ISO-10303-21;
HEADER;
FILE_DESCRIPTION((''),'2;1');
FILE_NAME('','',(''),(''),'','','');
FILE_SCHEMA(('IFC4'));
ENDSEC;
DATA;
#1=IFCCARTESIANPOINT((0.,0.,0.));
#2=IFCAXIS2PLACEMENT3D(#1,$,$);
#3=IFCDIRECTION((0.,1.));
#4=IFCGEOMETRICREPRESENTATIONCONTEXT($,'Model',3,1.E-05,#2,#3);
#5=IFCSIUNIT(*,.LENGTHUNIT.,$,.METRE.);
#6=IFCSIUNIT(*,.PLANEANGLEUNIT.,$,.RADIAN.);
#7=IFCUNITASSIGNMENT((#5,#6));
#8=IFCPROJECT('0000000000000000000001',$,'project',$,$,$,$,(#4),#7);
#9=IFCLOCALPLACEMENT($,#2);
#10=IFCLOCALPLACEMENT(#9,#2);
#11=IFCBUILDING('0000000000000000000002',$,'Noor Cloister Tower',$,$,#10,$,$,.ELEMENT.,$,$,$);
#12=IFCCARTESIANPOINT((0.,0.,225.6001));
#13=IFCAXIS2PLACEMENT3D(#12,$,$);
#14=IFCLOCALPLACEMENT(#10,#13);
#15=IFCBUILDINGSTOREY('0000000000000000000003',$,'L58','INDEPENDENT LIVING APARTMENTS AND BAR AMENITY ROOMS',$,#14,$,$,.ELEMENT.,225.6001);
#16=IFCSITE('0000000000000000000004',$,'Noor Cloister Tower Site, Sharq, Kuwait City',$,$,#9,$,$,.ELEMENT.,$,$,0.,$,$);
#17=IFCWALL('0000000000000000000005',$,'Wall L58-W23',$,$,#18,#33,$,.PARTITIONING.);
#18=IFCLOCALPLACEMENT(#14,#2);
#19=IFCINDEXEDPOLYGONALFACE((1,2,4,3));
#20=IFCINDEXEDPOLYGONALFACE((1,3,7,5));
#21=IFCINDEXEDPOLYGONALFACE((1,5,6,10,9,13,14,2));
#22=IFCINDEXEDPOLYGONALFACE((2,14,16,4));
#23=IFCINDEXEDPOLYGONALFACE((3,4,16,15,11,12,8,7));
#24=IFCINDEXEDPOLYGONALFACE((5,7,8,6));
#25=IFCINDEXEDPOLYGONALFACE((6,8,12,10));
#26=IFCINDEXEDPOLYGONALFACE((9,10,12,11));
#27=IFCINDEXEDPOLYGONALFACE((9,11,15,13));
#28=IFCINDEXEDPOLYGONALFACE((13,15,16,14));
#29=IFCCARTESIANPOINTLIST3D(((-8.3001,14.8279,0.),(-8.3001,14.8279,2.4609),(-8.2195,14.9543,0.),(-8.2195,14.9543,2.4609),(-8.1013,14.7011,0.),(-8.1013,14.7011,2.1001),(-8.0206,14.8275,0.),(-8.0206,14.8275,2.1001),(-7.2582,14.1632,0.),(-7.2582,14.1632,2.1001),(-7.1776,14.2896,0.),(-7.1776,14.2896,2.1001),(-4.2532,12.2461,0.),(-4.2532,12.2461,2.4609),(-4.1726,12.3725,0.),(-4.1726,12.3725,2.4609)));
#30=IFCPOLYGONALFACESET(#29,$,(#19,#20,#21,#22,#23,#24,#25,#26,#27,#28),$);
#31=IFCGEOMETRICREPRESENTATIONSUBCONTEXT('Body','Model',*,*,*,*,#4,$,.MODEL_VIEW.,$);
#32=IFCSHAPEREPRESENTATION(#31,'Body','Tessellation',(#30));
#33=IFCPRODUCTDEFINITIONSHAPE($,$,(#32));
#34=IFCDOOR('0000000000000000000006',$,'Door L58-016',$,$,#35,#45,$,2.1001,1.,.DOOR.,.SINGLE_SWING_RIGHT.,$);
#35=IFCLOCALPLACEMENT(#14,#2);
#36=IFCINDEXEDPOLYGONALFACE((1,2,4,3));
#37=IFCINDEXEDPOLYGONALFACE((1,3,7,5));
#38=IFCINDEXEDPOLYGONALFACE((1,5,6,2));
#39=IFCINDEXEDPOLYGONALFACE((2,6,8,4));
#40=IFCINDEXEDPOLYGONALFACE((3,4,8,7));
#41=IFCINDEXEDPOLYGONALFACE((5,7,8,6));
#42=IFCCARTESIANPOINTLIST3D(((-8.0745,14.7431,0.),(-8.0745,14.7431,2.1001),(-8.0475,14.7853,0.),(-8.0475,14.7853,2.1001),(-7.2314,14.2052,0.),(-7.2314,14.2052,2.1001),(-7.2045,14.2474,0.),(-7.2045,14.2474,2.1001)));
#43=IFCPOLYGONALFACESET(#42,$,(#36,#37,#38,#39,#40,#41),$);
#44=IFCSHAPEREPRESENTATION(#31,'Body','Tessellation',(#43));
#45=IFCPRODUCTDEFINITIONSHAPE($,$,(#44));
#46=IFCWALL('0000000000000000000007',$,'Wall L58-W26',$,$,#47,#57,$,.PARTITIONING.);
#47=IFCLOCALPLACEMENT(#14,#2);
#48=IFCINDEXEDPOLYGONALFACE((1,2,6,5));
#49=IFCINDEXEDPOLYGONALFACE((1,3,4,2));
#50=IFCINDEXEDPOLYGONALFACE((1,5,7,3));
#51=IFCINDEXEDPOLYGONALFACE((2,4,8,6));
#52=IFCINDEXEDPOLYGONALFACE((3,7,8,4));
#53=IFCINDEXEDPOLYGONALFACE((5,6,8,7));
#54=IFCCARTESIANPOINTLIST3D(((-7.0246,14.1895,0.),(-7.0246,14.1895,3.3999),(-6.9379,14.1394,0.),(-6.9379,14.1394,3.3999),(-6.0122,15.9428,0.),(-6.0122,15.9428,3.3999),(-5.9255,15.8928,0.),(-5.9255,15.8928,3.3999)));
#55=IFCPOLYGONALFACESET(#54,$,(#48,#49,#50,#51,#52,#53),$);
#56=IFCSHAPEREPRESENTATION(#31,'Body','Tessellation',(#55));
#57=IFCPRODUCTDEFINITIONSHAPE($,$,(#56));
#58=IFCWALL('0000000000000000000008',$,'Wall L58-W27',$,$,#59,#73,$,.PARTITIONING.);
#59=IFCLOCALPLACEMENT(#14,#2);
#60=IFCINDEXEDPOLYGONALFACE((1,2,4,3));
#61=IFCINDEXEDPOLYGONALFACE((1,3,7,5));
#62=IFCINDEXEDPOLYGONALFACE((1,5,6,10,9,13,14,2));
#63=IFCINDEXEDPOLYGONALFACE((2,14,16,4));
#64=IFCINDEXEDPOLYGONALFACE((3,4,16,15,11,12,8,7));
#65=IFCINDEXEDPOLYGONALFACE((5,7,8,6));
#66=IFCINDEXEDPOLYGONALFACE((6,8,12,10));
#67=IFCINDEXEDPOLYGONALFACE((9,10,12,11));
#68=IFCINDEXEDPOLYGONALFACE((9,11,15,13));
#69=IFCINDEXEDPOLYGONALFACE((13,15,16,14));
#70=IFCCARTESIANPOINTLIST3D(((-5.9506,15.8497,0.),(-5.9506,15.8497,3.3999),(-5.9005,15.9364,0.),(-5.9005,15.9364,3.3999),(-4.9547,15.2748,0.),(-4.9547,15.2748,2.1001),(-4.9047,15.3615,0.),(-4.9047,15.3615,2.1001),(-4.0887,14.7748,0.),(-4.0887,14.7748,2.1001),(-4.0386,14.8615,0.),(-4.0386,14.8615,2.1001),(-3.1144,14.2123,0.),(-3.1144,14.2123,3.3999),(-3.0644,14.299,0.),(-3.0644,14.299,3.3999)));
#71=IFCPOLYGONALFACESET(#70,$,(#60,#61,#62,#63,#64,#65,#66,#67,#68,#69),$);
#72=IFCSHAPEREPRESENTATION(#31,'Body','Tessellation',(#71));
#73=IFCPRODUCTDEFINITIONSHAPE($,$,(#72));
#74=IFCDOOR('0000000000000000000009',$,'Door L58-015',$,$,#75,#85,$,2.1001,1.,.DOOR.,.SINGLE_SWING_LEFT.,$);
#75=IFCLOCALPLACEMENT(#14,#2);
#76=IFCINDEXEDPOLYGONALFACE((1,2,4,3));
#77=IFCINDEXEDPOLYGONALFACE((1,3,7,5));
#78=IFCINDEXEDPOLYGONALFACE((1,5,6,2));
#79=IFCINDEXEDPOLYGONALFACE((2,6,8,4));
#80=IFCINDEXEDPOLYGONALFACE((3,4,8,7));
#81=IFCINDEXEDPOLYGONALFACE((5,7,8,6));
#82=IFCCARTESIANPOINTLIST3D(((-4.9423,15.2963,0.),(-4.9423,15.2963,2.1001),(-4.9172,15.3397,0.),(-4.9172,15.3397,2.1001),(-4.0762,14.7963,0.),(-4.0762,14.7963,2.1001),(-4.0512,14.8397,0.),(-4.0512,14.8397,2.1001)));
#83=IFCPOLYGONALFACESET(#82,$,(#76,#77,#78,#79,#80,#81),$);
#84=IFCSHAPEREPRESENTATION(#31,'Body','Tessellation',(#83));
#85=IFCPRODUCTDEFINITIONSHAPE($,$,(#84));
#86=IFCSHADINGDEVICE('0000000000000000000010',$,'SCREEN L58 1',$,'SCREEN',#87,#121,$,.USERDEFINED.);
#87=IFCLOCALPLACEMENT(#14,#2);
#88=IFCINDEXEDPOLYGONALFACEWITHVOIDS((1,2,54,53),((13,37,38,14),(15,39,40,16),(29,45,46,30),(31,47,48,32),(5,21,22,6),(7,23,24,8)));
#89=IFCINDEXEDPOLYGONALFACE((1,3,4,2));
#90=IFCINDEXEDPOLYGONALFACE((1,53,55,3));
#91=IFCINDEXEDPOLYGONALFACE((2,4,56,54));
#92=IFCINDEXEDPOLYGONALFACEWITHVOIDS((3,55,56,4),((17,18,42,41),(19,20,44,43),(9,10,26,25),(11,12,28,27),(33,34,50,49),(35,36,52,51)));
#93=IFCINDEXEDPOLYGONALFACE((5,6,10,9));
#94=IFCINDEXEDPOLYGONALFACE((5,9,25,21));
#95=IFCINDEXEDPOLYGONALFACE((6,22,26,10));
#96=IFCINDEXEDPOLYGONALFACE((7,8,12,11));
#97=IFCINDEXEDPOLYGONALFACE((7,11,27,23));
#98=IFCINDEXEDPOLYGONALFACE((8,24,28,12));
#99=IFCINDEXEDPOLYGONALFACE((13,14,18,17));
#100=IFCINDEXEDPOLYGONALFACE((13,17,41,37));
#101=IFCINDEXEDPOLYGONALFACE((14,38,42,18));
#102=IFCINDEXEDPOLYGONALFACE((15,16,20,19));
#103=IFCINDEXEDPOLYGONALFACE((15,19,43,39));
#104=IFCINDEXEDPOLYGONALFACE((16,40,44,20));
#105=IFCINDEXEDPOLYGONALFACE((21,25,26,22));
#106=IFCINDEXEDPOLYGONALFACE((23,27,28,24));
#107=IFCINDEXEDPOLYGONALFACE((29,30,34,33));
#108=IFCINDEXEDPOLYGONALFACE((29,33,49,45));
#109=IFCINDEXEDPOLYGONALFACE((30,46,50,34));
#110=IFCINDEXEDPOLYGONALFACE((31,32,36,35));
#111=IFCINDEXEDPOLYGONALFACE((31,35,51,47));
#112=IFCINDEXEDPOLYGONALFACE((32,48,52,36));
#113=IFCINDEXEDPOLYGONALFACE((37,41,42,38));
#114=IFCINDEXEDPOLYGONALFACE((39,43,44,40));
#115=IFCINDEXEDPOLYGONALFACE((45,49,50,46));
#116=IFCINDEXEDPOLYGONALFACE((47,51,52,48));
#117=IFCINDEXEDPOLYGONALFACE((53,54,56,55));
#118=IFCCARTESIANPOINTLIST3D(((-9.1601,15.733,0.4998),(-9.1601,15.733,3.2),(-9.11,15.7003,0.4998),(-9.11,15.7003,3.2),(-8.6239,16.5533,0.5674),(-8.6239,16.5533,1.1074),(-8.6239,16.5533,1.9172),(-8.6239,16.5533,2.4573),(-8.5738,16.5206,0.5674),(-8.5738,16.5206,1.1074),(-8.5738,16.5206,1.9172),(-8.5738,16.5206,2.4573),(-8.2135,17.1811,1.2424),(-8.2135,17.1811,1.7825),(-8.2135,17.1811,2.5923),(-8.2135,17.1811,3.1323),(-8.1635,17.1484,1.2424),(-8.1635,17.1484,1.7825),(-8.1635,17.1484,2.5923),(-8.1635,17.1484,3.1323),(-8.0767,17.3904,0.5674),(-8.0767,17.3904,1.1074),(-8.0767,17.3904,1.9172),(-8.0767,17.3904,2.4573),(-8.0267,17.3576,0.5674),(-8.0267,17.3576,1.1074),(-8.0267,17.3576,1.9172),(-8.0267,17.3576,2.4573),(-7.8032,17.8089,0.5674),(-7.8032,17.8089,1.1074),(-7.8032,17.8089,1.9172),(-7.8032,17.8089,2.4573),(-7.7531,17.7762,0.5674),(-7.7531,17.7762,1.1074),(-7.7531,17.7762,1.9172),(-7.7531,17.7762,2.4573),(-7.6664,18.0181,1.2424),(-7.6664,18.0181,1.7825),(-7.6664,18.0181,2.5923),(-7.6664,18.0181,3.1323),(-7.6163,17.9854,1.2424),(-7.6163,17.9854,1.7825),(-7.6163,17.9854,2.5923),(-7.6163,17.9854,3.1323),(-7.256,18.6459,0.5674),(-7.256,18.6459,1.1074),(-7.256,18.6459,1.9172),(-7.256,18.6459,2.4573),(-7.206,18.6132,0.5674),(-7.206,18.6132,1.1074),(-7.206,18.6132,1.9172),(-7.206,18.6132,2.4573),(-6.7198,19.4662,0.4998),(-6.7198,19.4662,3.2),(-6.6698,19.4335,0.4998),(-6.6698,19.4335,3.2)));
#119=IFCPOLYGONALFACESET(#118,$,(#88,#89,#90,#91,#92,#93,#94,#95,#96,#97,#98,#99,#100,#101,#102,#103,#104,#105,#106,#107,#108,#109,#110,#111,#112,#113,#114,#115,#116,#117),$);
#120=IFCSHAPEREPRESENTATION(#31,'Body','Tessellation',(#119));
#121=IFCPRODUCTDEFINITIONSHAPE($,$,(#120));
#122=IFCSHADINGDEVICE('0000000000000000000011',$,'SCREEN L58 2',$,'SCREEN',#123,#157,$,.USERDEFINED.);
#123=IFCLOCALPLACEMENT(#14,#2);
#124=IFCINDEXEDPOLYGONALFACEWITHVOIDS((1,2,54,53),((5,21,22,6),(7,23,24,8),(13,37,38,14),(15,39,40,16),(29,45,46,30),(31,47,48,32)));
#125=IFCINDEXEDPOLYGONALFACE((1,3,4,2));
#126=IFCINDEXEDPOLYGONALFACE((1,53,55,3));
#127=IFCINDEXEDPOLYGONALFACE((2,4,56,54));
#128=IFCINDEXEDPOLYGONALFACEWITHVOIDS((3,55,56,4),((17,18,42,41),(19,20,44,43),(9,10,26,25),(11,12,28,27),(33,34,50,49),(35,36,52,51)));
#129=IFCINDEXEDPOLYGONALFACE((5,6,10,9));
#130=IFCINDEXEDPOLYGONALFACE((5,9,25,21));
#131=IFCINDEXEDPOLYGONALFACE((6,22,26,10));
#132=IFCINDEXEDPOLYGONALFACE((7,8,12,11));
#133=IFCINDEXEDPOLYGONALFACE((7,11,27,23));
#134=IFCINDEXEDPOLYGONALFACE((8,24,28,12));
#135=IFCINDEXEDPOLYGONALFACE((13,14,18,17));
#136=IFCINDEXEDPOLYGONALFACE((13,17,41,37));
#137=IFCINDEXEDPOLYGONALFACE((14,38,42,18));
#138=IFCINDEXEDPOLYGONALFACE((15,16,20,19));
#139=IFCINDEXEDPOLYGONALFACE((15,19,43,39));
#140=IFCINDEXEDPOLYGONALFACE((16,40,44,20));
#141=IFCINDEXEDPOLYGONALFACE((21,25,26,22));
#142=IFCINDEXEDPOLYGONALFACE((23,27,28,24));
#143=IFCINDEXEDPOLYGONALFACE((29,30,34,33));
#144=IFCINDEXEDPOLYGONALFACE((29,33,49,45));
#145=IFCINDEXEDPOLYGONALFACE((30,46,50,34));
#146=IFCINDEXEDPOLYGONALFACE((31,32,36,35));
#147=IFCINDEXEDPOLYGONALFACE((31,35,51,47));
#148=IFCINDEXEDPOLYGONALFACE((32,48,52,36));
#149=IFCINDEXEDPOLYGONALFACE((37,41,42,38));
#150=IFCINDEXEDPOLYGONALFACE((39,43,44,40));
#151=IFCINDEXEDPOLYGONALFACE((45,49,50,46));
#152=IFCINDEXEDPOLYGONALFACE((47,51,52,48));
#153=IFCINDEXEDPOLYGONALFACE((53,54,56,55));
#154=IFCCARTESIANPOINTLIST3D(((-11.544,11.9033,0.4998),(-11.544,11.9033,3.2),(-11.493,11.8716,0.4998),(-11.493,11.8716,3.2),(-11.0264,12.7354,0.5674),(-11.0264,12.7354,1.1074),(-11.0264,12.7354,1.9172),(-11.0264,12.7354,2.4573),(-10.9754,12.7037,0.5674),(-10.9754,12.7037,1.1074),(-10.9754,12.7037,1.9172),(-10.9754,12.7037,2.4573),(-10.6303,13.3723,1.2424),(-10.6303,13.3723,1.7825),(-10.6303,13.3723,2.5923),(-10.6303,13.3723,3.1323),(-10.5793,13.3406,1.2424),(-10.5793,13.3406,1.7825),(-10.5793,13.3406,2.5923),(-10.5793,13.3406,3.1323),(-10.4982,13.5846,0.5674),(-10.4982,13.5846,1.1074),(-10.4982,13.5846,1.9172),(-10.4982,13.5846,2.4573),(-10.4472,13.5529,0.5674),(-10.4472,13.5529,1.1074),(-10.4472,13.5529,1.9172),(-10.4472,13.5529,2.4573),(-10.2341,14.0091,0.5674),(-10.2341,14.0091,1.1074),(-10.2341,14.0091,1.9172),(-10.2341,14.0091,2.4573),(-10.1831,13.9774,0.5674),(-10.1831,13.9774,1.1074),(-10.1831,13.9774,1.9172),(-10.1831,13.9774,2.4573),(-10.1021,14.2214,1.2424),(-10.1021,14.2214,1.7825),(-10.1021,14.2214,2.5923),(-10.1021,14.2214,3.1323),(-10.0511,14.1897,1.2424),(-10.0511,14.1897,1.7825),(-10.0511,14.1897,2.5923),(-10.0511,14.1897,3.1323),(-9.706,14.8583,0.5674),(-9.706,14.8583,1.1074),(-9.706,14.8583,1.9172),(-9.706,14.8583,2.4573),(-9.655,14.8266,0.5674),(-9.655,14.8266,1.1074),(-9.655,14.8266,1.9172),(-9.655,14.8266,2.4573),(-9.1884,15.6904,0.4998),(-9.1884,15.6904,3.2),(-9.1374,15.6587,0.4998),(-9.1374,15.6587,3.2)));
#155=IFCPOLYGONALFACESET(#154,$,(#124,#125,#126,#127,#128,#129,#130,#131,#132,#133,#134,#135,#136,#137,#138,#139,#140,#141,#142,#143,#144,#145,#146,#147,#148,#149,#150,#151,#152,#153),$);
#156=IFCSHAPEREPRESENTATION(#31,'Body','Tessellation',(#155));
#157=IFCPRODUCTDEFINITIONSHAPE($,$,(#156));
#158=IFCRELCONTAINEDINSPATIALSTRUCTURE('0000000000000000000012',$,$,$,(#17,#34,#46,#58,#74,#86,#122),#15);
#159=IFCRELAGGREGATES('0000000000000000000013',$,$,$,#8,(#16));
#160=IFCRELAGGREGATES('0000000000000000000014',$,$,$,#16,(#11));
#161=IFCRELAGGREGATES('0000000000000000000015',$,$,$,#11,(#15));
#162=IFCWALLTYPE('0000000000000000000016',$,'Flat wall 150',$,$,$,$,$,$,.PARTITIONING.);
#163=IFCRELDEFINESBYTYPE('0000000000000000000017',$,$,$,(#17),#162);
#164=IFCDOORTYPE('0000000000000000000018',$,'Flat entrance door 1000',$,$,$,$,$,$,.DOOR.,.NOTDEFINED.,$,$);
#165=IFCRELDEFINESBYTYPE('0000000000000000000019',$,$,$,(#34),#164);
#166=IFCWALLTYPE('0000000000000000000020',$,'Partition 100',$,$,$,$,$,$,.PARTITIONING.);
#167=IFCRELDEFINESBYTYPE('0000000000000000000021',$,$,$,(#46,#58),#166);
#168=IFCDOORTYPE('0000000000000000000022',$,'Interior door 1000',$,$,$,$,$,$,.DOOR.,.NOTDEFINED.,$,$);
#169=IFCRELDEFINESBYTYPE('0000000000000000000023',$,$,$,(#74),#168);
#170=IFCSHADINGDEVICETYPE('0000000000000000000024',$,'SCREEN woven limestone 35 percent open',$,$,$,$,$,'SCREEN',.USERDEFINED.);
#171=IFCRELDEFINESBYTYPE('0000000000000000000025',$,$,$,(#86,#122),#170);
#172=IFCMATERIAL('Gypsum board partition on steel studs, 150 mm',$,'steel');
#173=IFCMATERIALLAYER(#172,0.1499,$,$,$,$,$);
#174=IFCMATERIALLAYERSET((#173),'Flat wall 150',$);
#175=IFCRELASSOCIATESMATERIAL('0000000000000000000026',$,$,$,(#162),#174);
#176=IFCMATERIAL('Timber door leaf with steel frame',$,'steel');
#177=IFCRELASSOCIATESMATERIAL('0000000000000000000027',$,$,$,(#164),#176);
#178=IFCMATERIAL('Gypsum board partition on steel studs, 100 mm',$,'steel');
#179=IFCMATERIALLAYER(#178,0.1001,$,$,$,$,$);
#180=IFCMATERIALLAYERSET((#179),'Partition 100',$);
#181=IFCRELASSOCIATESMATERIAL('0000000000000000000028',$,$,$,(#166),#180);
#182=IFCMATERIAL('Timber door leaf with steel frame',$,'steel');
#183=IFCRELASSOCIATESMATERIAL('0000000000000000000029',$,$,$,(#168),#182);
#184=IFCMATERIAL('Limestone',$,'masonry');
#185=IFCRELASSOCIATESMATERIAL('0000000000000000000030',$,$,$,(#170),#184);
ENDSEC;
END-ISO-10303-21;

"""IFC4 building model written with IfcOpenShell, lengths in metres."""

from ifc_helpers import new_model, si_unit, direction, frame, frame_2d, origin, place, context, subcontext, project, spatial, polyline, rectangle, outline, extrude, material, layer, layer_set, material_profile, profile_set, type_object, element, fill, save


model = new_model("IFC4")

# Units and contexts
model_context = context("Model", 3, precision=1e-05, world=origin(), true_north=direction((0.0, 1.0)))
body_context = subcontext(model_context, "Body", "Model", "MODEL_VIEW")
ifc_project = project(units=[si_unit("LENGTHUNIT", "METRE"), si_unit("PLANEANGLEUNIT", "RADIAN")], contexts=[model_context])

# Site, building, storey
site_placement = place(None, origin())
site = spatial("IfcSite", under=ifc_project, at=site_placement, Name="Noor Cloister Tower Site, Sharq, Kuwait City", CompositionType="ELEMENT", RefElevation=0.0)
building_placement = place(site_placement, origin())
building = spatial("IfcBuilding", under=site, at=building_placement, Name="Noor Cloister Tower", CompositionType="ELEMENT")
storey_placement = place(building_placement, frame((0.0, 0.0, 225.6001)))
storey = spatial("IfcBuildingStorey", under=building, at=storey_placement, Name="L58", Description="INDEPENDENT LIVING APARTMENTS AND BAR AMENITY ROOMS", CompositionType="ELEMENT", Elevation=225.6001)

# Wall, opening, door
ifc_material_1 = material(Name="Gypsum board partition on steel studs, 150 mm", Category="steel")
ifc_layer_1 = layer(ifc_material_1, 0.1499)
ifc_layer_set_1 = layer_set([ifc_layer_1], Name="Flat wall 150")
wall_type_1 = type_object("IfcWallType", Name="Flat wall 150", PredefinedType="PARTITIONING", material=ifc_layer_set_1)
wall_1_placement = place(storey_placement, frame((-8.2598, 14.8911, 0.0), z_axis=(0.0, 0.0, 1.0), x_axis=(0.843047, -0.537839, 0.0)))
wall_1 = element("IfcWall", 1, at=wall_1_placement, inside=storey, type_object=wall_type_1, Name="Wall L58-W23", PredefinedType="PARTITIONING", context=body_context, shape_type="SweptSolid", body=[
    extrude(rectangle(XDim=4.8003, YDim=0.1499, at=frame_2d((2.4001, 0.0))), origin(), (0.0, 0.0, 1.0), 2.4609),
])
opening_1_placement = place(wall_1_placement, frame((0.2358, 0.0, 0.0)))
opening_1 = element("IfcOpeningElement", 2, at=opening_1_placement, cuts=wall_1, PredefinedType="OPENING", context=body_context, shape_type="SweptSolid", body=[
    extrude(rectangle(XDim=1.0, YDim=2.1001, at=frame_2d((0.5, 1.05))), frame((0.0, 0.085, 0.0), z_axis=(0.0, -1.0, 0.0), x_axis=(1.0, 0.0, 0.0)), (0.0, 0.0, 1.0), 0.1699),
])
ifc_material_2 = material(Name="Timber door leaf with steel frame", Category="steel")
door_type_1 = type_object("IfcDoorType", Name="Flat entrance door 1000", OperationType="NOTDEFINED", PredefinedType="DOOR", material=ifc_material_2)
door_1_placement = place(opening_1_placement, origin())
door_1 = element("IfcDoor", 3, at=door_1_placement, inside=storey, type_object=door_type_1, Name="Door L58-016", OperationType="SINGLE_SWING_RIGHT", OverallHeight=2.1001, OverallWidth=1.0, PredefinedType="DOOR", context=body_context, shape_type="SweptSolid", body=[
    extrude(rectangle(XDim=1.0, YDim=2.1001, at=frame_2d((0.5, 1.05))), frame((0.0, 0.0249, 0.0), z_axis=(0.0, -1.0, 0.0), x_axis=(1.0, 0.0, 0.0)), (0.0, 0.0, 1.0), 0.05),
])
fill(opening_1, door_1)

# Wall
ifc_material_3 = material(Name="Gypsum board partition on steel studs, 100 mm", Category="steel")
ifc_layer_2 = layer(ifc_material_3, 0.1001)
ifc_layer_set_2 = layer_set([ifc_layer_2], Name="Partition 100")
wall_type_2 = type_object("IfcWallType", Name="Partition 100", PredefinedType="PARTITIONING", material=ifc_layer_set_2)
wall_2_placement = place(storey_placement, frame((-6.9812, 14.1646, 0.0), z_axis=(0.0, 0.0, 1.0), x_axis=(0.500043, 0.866001, 0.0)))
element("IfcWall", 4, at=wall_2_placement, inside=storey, type_object=wall_type_2, Name="Wall L58-W26", PredefinedType="PARTITIONING", context=body_context, shape_type="SweptSolid", body=[
    extrude(rectangle(XDim=2.0247, YDim=0.1001, at=frame_2d((1.0122, 0.0))), origin(), (0.0, 0.0, 1.0), 3.3999),
])

# Wall, opening, door
wall_3_placement = place(storey_placement, frame((-5.9255, 15.8931, 0.0), z_axis=(0.0, 0.0, 1.0), x_axis=(0.866028, -0.499996, 0.0)))
wall_3 = element("IfcWall", 5, at=wall_3_placement, inside=storey, type_object=wall_type_2, Name="Wall L58-W27", PredefinedType="PARTITIONING", context=body_context, shape_type="SweptSolid", body=[
    extrude(rectangle(XDim=3.2749, YDim=0.1001, at=frame_2d((1.6375, 0.0))), origin(), (0.0, 0.0, 1.0), 3.3999),
])
opening_2_placement = place(wall_3_placement, frame((1.1499, 0.0, 0.0)))
opening_2 = element("IfcOpeningElement", 6, at=opening_2_placement, cuts=wall_3, PredefinedType="OPENING", context=body_context, shape_type="SweptSolid", body=[
    extrude(rectangle(XDim=1.0, YDim=2.1001, at=frame_2d((0.5, 1.05))), frame((0.0, 0.0601, 0.0), z_axis=(0.0, -1.0, 0.0), x_axis=(1.0, 0.0, 0.0)), (0.0, 0.0, 1.0), 0.1201),
])
ifc_material_4 = material(Name="Timber door leaf with steel frame", Category="steel")
door_type_2 = type_object("IfcDoorType", Name="Interior door 1000", OperationType="NOTDEFINED", PredefinedType="DOOR", material=ifc_material_4)
door_2_placement = place(opening_2_placement, origin())
door_2 = element("IfcDoor", 7, at=door_2_placement, inside=storey, type_object=door_type_2, Name="Door L58-015", OperationType="SINGLE_SWING_LEFT", OverallHeight=2.1001, OverallWidth=1.0, PredefinedType="DOOR", context=body_context, shape_type="SweptSolid", body=[
    extrude(rectangle(XDim=1.0, YDim=2.1001, at=frame_2d((0.5, 1.05))), frame((0.0, 0.0249, 0.0), z_axis=(0.0, -1.0, 0.0), x_axis=(1.0, 0.0, 0.0)), (0.0, 0.0, 1.0), 0.05),
])
fill(opening_2, door_2)

# Shading devices
ifc_material_5 = material(Name="Limestone", Category="masonry")
ifc_material_profile_1 = material_profile(ifc_material_5, outline(polyline([(-2.23, -1.3501), (2.23, -1.3501), (2.23, 1.3501), (-2.23, 1.3501), (-2.23, -1.3501)]), holes=[polyline([(-1.25, -1.2825), (-0.25, -1.2825), (-0.25, -0.7424), (-1.25, -0.7424), (-1.25, -1.2825)]), polyline([(0.25, -1.2825), (1.25, -1.2825), (1.25, -0.7424), (0.25, -0.7424), (0.25, -1.2825)]), polyline([(-0.5, -0.6074), (0.5, -0.6074), (0.5, -0.0674), (-0.5, -0.0674), (-0.5, -0.6074)]), polyline([(-1.25, 0.0674), (-0.25, 0.0674), (-0.25, 0.6074), (-1.25, 0.6074), (-1.25, 0.0674)]), polyline([(0.25, 0.0674), (1.25, 0.0674), (1.25, 0.6074), (0.25, 0.6074), (0.25, 0.0674)]), polyline([(-0.5, 0.7424), (0.5, 0.7424), (0.5, 1.2825), (-0.5, 1.2825), (-0.5, 0.7424)])]), Name="Woven screen 35 percent open")
ifc_profile_set_1 = profile_set([ifc_material_profile_1], Name="Limestone")
shading_device_type = type_object("IfcShadingDeviceType", Name="SCREEN woven limestone 35 percent open", ElementType="SCREEN", PredefinedType="USERDEFINED", material=ifc_profile_set_1)
shading_device_1_placement = place(storey_placement, frame((-7.8899, 17.5669, 1.8499), z_axis=(-0.837042, 0.547139, 0.0), x_axis=(-0.547139, -0.837042, 0.0)))
element("IfcShadingDevice", 8, at=shading_device_1_placement, inside=storey, type_object=shading_device_type, Name="SCREEN L58 1", ObjectType="SCREEN", PredefinedType="USERDEFINED", context=body_context, shape_type="SweptSolid", body=[
    extrude(outline(polyline([(-2.23, -1.3501), (2.23, -1.3501), (2.23, 1.3501), (-2.23, 1.3501), (-2.23, -1.3501)]), holes=[polyline([(-1.25, -1.2825), (-0.25, -1.2825), (-0.25, -0.7424), (-1.25, -0.7424), (-1.25, -1.2825)]), polyline([(0.25, -1.2825), (1.25, -1.2825), (1.25, -0.7424), (0.25, -0.7424), (0.25, -1.2825)]), polyline([(-0.5, -0.6074), (0.5, -0.6074), (0.5, -0.0674), (-0.5, -0.0674), (-0.5, -0.6074)]), polyline([(-1.25, 0.0674), (-0.25, 0.0674), (-0.25, 0.6074), (-1.25, 0.6074), (-1.25, 0.0674)]), polyline([(0.25, 0.0674), (1.25, 0.0674), (1.25, 0.6074), (0.25, 0.6074), (0.25, 0.0674)]), polyline([(-0.5, 0.7424), (0.5, 0.7424), (0.5, 1.2825), (-0.5, 1.2825), (-0.5, 0.7424)])]), origin(), (0.0, 0.0, 1.0), 0.0598),
])
shading_device_2_placement = place(storey_placement, frame((-10.3152, 13.7651, 1.8499), z_axis=(-0.849138, 0.528172, 0.0), x_axis=(-0.528172, -0.849138, 0.0)))
element("IfcShadingDevice", 9, at=shading_device_2_placement, inside=storey, type_object=shading_device_type, Name="SCREEN L58 2", ObjectType="SCREEN", PredefinedType="USERDEFINED", context=body_context, shape_type="SweptSolid", body=[
    extrude(outline(polyline([(-2.23, -1.3501), (2.23, -1.3501), (2.23, 1.3501), (-2.23, 1.3501), (-2.23, -1.3501)]), holes=[polyline([(-1.25, -1.2825), (-0.25, -1.2825), (-0.25, -0.7424), (-1.25, -0.7424), (-1.25, -1.2825)]), polyline([(0.25, -1.2825), (1.25, -1.2825), (1.25, -0.7424), (0.25, -0.7424), (0.25, -1.2825)]), polyline([(-0.5, -0.6074), (0.5, -0.6074), (0.5, -0.0674), (-0.5, -0.0674), (-0.5, -0.6074)]), polyline([(-1.25, 0.0674), (-0.25, 0.0674), (-0.25, 0.6074), (-1.25, 0.6074), (-1.25, 0.0674)]), polyline([(0.25, 0.0674), (1.25, 0.0674), (1.25, 0.6074), (0.25, 0.6074), (0.25, 0.0674)]), polyline([(-0.5, 0.7424), (0.5, 0.7424), (0.5, 1.2825), (-0.5, 1.2825), (-0.5, 0.7424)])]), origin(), (0.0, 0.0, 1.0), 0.0601),
])

save(model, "model.ifc")
